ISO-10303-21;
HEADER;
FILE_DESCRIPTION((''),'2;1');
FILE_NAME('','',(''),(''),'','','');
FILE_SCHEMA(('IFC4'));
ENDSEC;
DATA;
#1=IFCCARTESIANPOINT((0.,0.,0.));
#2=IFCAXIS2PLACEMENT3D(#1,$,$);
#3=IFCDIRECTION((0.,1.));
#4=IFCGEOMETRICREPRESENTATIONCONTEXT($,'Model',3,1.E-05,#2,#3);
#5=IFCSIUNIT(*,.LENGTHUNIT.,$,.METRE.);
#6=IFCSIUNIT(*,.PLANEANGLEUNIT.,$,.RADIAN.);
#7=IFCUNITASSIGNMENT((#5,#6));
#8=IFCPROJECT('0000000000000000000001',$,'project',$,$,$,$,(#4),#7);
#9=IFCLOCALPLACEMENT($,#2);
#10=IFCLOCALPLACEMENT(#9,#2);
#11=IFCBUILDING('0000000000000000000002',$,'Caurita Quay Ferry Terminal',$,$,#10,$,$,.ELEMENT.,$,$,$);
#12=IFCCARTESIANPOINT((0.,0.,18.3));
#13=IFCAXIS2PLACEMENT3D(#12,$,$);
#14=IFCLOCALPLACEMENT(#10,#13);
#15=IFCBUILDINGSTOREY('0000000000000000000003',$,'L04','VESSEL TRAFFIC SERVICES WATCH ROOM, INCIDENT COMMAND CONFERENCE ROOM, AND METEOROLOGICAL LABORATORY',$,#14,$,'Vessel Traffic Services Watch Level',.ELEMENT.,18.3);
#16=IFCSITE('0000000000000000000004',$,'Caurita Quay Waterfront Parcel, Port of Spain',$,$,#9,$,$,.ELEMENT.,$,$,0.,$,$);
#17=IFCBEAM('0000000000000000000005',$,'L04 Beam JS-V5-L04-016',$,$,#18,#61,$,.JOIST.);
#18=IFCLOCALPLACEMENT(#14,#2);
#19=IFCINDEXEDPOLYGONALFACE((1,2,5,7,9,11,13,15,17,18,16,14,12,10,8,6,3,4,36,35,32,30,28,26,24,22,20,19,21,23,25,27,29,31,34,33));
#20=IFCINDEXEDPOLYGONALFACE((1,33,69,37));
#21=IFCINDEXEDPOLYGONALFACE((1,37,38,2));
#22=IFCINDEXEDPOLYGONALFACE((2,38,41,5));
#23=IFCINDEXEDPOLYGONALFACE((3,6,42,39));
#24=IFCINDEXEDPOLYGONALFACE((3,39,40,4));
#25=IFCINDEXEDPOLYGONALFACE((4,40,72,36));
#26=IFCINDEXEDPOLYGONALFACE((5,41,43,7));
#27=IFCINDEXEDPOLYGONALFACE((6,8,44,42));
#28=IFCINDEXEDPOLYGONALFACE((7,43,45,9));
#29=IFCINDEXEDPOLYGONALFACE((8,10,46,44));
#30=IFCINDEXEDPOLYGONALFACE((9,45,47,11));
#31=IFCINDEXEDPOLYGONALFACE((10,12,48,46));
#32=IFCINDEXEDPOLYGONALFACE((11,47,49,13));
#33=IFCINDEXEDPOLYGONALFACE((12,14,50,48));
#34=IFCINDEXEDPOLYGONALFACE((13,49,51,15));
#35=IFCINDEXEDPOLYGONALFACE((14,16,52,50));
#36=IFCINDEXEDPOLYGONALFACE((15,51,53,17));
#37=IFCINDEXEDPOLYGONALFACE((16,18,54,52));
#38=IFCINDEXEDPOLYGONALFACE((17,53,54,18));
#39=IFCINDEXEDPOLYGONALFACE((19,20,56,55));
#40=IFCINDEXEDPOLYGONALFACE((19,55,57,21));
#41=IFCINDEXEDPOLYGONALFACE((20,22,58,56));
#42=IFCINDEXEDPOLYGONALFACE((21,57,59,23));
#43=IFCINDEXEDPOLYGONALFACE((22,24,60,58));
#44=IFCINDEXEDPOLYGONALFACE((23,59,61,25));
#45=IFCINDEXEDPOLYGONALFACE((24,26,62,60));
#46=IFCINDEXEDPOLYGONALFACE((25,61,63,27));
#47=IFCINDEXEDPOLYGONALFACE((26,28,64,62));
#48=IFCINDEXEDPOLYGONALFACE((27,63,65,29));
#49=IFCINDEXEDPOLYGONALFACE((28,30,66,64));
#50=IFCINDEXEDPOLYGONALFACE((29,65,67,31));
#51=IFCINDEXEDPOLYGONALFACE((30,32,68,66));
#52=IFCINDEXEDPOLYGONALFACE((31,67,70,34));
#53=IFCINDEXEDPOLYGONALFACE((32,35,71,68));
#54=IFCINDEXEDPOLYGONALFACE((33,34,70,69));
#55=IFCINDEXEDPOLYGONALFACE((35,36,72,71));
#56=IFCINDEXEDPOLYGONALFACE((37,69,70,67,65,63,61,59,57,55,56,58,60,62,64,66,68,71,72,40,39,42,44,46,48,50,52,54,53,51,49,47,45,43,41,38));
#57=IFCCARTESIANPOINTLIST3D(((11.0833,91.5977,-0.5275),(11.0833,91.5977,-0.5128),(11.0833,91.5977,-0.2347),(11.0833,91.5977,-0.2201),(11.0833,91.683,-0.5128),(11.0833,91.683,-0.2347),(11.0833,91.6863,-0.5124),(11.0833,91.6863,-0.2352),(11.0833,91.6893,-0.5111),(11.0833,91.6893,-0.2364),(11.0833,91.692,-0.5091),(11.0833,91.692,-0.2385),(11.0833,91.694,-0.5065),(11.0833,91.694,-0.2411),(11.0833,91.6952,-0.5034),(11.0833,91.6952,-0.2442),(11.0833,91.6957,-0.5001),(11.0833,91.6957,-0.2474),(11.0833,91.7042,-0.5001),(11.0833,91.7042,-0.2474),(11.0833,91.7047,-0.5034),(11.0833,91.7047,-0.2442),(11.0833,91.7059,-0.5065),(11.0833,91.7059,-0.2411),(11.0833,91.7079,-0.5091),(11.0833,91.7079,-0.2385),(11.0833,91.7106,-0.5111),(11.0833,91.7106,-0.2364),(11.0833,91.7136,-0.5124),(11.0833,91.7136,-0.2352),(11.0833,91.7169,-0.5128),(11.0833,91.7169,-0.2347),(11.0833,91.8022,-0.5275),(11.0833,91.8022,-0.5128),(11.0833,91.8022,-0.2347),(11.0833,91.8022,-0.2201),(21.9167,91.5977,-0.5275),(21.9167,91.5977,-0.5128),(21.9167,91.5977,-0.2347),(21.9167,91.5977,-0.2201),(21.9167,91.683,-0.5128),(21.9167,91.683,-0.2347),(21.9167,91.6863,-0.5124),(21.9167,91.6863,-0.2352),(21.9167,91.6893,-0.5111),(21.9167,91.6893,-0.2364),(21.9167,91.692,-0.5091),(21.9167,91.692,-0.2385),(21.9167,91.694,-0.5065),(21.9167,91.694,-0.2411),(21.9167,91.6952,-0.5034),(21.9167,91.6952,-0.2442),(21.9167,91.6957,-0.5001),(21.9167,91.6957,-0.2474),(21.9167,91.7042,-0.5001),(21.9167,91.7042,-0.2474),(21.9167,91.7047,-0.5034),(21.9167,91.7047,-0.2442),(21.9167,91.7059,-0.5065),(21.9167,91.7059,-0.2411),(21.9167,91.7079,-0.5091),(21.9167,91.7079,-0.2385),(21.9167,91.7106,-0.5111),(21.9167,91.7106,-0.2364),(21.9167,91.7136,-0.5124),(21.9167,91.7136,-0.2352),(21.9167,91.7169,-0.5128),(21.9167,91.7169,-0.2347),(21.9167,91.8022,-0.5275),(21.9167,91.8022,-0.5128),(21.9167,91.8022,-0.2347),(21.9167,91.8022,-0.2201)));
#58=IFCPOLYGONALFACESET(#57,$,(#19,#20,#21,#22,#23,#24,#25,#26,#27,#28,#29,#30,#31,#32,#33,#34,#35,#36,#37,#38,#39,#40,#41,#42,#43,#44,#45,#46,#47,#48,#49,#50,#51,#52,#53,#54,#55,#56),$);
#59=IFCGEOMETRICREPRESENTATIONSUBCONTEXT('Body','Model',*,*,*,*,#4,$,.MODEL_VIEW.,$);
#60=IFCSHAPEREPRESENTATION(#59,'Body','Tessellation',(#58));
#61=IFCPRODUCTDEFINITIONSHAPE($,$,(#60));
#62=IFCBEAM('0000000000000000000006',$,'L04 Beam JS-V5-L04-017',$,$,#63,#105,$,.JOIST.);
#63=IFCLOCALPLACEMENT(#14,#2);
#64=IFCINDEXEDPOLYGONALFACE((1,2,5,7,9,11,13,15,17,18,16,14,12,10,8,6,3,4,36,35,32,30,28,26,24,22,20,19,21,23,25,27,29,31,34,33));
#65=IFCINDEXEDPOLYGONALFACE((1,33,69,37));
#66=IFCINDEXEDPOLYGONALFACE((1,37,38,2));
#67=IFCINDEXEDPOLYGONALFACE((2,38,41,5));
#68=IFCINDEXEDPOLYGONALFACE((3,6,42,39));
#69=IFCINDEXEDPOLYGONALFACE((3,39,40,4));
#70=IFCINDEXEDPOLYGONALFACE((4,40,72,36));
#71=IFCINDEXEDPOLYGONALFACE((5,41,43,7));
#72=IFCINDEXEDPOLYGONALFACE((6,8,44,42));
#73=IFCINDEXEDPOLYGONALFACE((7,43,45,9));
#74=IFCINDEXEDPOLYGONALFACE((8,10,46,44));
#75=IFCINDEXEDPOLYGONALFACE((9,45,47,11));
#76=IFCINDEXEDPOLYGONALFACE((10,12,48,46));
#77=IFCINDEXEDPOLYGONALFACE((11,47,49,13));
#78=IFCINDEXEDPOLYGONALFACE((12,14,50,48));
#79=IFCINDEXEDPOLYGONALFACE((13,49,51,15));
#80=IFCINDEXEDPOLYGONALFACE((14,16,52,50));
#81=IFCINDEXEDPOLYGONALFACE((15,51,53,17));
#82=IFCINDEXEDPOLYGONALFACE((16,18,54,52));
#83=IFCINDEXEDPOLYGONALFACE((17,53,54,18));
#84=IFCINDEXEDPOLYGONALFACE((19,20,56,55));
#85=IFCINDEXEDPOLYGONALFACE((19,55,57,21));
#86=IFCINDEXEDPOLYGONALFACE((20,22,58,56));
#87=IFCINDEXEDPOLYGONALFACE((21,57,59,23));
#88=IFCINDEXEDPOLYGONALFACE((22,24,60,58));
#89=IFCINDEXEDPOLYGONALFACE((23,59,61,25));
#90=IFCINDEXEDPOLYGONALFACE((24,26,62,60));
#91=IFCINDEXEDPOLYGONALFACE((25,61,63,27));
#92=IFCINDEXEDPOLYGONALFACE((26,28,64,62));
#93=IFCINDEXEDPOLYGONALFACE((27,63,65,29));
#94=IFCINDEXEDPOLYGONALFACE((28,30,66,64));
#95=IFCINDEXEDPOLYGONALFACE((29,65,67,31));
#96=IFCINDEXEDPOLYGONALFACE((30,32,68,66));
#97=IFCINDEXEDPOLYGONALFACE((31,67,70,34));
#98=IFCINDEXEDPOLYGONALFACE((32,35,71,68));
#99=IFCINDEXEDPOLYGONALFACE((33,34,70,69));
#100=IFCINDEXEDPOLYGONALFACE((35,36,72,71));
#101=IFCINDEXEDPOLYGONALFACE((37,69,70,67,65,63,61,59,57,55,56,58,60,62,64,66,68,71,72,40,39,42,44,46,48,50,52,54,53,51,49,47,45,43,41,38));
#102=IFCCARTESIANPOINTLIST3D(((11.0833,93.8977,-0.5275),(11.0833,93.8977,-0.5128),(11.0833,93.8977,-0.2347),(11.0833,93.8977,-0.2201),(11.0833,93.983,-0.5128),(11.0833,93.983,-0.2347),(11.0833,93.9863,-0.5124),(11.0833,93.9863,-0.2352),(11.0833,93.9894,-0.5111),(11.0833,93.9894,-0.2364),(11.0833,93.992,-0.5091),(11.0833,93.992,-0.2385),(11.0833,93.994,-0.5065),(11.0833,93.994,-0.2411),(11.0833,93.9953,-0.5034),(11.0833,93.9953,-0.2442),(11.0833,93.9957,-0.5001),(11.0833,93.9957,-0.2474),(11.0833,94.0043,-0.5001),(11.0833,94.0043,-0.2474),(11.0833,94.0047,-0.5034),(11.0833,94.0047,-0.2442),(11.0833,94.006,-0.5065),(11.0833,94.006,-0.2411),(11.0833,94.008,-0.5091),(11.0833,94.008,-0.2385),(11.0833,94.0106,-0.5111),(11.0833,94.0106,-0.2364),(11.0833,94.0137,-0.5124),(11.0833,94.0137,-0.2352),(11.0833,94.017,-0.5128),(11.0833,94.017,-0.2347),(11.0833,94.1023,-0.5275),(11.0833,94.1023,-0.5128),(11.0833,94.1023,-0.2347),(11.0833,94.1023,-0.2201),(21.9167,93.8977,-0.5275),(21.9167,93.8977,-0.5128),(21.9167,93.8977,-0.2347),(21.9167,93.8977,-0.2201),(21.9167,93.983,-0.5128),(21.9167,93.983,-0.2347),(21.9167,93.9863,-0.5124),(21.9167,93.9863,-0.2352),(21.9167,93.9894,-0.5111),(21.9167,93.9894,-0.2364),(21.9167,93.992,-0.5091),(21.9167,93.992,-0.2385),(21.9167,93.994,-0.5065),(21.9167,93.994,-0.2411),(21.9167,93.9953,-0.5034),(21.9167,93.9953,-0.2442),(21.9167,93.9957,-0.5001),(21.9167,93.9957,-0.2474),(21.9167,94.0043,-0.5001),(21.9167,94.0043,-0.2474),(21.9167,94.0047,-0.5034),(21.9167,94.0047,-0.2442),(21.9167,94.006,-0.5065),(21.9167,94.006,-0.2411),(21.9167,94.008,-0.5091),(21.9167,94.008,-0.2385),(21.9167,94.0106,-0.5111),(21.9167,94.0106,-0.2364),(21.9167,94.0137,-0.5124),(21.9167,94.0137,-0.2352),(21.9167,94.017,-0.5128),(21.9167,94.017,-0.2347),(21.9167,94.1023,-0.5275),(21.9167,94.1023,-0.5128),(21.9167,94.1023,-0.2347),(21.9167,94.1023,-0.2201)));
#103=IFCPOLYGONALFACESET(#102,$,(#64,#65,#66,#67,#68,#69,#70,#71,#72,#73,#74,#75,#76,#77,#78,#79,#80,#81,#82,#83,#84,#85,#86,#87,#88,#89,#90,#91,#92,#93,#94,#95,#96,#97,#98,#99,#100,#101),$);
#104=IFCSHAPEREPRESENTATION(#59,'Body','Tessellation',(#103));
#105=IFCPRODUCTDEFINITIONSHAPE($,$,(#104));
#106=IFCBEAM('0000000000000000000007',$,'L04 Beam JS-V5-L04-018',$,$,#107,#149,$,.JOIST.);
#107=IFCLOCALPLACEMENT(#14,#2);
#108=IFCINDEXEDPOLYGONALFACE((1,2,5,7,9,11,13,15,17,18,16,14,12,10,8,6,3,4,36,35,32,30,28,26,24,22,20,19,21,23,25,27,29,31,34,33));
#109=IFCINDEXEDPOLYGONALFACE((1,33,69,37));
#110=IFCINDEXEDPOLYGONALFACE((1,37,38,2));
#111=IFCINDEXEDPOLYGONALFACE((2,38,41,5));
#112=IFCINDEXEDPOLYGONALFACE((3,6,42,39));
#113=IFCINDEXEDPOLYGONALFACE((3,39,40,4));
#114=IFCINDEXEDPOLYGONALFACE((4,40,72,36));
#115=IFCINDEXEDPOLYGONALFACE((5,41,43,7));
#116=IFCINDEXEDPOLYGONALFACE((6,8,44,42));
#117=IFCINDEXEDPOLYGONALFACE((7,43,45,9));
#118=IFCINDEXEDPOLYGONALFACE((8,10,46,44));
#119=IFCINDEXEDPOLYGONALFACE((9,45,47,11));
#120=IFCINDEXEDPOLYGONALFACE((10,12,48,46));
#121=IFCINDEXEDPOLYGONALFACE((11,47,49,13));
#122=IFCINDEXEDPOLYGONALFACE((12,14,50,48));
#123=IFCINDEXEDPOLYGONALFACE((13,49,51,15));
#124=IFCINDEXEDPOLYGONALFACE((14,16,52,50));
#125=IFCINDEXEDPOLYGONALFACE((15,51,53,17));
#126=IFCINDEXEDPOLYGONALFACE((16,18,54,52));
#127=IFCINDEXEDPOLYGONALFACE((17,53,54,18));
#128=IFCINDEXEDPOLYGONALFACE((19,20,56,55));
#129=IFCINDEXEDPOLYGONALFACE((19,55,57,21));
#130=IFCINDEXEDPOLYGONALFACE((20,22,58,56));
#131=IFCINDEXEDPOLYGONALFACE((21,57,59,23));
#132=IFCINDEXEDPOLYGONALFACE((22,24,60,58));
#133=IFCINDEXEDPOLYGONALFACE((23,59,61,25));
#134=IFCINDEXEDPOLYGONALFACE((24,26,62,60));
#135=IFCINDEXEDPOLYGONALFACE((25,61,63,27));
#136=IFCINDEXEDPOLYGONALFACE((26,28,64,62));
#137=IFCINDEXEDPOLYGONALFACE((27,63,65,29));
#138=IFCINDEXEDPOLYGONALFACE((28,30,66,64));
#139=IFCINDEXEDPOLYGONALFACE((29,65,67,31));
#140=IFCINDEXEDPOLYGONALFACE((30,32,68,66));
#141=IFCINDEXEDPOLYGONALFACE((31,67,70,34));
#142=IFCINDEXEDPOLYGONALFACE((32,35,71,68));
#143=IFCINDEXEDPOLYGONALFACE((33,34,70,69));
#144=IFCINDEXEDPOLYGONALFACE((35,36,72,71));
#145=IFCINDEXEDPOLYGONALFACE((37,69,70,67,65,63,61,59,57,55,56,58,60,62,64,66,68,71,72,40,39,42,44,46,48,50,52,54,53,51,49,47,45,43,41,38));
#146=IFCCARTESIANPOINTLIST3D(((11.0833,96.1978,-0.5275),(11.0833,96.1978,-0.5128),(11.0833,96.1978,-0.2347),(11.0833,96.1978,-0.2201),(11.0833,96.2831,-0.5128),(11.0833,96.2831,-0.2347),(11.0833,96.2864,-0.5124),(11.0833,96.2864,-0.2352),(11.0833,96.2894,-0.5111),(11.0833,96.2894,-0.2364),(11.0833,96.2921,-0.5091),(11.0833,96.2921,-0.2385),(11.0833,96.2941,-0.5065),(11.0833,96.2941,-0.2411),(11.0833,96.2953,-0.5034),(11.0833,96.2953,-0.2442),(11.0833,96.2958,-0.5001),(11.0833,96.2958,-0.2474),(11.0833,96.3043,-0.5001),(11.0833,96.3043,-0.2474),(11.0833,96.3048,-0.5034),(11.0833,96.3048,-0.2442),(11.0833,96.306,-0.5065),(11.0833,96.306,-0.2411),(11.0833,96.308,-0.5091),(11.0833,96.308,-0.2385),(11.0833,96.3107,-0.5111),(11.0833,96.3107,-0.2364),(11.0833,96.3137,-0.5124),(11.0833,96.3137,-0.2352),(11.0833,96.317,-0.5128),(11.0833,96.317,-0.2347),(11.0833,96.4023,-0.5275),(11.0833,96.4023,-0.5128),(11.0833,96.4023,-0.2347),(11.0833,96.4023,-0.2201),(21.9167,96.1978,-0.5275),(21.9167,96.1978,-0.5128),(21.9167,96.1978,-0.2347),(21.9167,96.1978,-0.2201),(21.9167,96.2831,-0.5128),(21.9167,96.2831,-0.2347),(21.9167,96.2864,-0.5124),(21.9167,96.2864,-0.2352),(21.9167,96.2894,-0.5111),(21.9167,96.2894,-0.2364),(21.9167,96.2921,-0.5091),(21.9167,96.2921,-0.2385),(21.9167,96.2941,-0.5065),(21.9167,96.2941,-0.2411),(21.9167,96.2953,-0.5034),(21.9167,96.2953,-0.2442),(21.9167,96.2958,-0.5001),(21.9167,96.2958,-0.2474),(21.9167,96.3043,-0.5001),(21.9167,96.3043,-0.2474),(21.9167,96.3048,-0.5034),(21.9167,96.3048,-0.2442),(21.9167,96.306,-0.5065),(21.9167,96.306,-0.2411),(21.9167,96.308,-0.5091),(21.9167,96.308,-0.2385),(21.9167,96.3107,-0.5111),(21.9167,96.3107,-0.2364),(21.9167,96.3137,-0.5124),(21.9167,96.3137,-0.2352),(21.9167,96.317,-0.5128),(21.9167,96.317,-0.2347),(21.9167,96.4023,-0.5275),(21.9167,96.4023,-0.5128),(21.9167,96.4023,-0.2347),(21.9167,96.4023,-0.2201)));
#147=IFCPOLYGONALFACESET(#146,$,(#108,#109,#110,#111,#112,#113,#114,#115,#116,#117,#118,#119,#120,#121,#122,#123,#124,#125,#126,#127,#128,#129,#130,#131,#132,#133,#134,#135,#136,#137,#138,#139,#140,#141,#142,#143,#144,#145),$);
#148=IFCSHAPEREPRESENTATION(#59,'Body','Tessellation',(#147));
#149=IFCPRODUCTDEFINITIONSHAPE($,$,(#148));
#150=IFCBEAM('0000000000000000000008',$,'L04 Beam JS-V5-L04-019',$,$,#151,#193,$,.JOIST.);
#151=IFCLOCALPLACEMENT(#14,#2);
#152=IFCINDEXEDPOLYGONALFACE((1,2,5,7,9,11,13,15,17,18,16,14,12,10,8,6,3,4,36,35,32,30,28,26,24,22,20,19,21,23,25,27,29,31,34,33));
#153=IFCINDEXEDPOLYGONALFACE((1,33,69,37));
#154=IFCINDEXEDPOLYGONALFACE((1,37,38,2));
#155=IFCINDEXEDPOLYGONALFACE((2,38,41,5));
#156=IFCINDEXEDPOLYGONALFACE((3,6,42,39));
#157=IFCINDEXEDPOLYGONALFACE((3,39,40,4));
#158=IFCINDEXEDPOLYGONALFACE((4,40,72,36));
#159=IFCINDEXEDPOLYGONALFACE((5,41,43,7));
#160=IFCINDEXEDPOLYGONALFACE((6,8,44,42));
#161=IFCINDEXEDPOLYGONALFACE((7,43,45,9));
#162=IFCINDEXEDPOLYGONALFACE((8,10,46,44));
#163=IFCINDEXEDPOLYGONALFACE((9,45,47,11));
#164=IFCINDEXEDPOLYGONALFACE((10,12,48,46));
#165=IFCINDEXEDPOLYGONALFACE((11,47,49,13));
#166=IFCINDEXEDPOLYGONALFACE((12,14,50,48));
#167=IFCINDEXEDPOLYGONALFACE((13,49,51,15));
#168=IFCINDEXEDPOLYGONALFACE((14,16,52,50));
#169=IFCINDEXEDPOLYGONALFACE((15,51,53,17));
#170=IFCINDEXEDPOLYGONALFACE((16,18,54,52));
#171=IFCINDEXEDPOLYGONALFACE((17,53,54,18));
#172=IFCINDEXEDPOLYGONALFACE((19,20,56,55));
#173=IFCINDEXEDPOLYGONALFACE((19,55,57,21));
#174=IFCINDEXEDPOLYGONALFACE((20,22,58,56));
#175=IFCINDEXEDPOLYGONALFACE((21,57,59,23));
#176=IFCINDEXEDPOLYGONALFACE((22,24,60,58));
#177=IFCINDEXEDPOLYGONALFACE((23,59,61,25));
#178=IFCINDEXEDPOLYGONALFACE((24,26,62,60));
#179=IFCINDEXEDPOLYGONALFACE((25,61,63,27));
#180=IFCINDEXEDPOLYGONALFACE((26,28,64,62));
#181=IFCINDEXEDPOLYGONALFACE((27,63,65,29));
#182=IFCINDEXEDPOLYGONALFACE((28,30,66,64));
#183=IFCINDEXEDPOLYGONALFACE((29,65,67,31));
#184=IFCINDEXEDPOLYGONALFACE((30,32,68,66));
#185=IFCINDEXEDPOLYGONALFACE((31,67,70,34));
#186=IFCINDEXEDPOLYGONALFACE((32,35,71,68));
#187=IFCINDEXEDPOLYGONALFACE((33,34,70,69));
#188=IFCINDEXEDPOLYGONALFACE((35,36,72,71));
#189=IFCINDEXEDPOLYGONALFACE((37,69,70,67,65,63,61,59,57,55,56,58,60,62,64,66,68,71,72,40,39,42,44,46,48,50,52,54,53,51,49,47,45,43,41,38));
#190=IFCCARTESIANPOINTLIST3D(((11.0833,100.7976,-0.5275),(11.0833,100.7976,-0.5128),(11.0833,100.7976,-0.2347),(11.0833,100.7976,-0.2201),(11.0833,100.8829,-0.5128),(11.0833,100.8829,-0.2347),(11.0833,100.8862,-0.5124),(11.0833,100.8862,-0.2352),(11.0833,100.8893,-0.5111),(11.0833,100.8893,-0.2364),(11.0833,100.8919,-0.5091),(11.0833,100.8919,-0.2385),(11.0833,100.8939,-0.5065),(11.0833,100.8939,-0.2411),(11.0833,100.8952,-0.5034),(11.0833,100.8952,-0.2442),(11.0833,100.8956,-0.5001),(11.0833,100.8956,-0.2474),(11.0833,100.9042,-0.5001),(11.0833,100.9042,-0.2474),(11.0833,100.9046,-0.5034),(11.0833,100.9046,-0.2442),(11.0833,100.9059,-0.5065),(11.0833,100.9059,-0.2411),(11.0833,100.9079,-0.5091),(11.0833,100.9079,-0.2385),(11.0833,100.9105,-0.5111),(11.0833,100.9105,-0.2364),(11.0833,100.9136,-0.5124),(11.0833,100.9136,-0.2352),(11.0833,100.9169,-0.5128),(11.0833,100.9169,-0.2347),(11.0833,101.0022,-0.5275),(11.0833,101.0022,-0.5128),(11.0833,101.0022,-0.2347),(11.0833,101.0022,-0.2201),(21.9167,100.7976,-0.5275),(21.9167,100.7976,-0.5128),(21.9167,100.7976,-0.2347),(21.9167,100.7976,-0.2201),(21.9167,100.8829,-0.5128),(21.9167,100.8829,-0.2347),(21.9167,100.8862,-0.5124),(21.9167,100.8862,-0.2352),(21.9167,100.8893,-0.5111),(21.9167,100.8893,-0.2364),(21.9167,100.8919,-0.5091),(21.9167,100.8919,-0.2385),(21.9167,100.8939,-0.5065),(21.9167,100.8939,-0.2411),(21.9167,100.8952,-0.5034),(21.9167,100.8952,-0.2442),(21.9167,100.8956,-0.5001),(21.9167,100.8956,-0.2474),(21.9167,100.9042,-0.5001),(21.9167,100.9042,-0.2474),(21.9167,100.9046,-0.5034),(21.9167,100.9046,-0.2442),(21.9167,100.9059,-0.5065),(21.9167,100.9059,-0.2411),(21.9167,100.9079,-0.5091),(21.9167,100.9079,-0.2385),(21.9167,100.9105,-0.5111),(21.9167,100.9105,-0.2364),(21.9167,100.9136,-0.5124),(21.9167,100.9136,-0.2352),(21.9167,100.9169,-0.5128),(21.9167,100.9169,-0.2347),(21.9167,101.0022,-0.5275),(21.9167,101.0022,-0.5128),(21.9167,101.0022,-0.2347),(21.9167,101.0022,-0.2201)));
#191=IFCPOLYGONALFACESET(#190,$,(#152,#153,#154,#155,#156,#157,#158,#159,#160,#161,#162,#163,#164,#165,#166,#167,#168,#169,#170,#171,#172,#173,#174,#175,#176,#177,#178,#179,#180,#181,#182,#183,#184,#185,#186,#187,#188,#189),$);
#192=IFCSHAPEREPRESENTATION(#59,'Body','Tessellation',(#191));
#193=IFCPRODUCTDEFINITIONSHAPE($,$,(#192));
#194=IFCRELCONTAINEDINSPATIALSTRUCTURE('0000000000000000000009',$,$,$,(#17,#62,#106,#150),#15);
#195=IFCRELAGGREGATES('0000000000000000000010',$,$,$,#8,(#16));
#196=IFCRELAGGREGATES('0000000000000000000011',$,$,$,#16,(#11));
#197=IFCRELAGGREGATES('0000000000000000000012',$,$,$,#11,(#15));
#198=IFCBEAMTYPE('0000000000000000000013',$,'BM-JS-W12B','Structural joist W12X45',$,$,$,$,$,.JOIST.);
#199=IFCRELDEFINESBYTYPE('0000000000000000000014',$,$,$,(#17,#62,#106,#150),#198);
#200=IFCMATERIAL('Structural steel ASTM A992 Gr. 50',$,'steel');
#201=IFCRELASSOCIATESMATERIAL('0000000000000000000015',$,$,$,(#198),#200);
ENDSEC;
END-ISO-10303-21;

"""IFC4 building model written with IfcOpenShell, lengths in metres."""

from ifc_helpers import new_model, si_unit, direction, frame, origin, origin_2d, place, context, subcontext, project, spatial, i_section, extrude, material, material_profile, profile_set, type_object, element, save


model = new_model("IFC4")

# Units and contexts
model_context = context("Model", 3, precision=1e-05, world=origin(), true_north=direction((0.0, 1.0)))
body_context = subcontext(model_context, "Body", "Model", "MODEL_VIEW")
ifc_project = project(units=[si_unit("LENGTHUNIT", "METRE"), si_unit("PLANEANGLEUNIT", "RADIAN")], contexts=[model_context])

# Site, building, storey
site_placement = place(None, origin())
site = spatial("IfcSite", under=ifc_project, at=site_placement, Name="Caurita Quay Waterfront Parcel, Port of Spain", CompositionType="ELEMENT", RefElevation=0.0)
building_placement = place(site_placement, origin())
building = spatial("IfcBuilding", under=site, at=building_placement, Name="Caurita Quay Ferry Terminal", CompositionType="ELEMENT")
storey_placement = place(building_placement, frame((0.0, 0.0, 18.3)))
storey = spatial("IfcBuildingStorey", under=building, at=storey_placement, Name="L04", Description="VESSEL TRAFFIC SERVICES WATCH ROOM, INCIDENT COMMAND CONFERENCE ROOM, AND METEOROLOGICAL LABORATORY", LongName="Vessel Traffic Services Watch Level", CompositionType="ELEMENT", Elevation=18.3)

# Beams
ifc_material_1 = material(Name="Structural steel ASTM A992 Gr. 50", Category="steel")
ifc_material_profile_1 = material_profile(ifc_material_1, i_section(OverallWidth=0.2046, OverallDepth=0.3074, WebThickness=0.0085, FlangeThickness=0.0146, FilletRadius=0.0127, at=origin_2d()), Name="W12X45")
ifc_profile_set_1 = profile_set([ifc_material_profile_1], Name="Structural steel ASTM A992 Gr. 50")
beam_type_1 = type_object("IfcBeamType", Name="BM-JS-W12B", Description="Structural joist W12X45", PredefinedType="JOIST", material=ifc_profile_set_1)
for number, where, z_axis, x_axis, name in (
    (1, (11.0833, 91.7, -0.3738), (1.0, 0.0, 0.0), (0.0, 1.0, 0.0), "L04 Beam JS-V5-L04-016"),
    (2, (11.0833, 94.0, -0.3738), (1.0, 0.0, 0.0), (0.0, 1.0, 0.0), "L04 Beam JS-V5-L04-017"),
    (3, (11.0833, 96.3, -0.3738), (1.0, 0.0, 0.0), (0.0, 1.0, 0.0), "L04 Beam JS-V5-L04-018"),
    (4, (11.0833, 100.8999, -0.3738), (1.0, 0.0, 0.0), (0.0, 1.0, 0.0), "L04 Beam JS-V5-L04-019"),
):
    element("IfcBeam", number, at=place(storey_placement, frame(where, z_axis=z_axis, x_axis=x_axis)), inside=storey, type_object=beam_type_1, Name=name, PredefinedType="JOIST", context=body_context, shape_type="SweptSolid", body=[
        extrude(i_section(OverallWidth=0.2046, OverallDepth=0.3074, WebThickness=0.0085, FlangeThickness=0.0146, FilletRadius=0.0127, at=origin_2d()), origin(), (0.0, 0.0, 1.0), 10.8335),
    ])

save(model, "model.ifc")
